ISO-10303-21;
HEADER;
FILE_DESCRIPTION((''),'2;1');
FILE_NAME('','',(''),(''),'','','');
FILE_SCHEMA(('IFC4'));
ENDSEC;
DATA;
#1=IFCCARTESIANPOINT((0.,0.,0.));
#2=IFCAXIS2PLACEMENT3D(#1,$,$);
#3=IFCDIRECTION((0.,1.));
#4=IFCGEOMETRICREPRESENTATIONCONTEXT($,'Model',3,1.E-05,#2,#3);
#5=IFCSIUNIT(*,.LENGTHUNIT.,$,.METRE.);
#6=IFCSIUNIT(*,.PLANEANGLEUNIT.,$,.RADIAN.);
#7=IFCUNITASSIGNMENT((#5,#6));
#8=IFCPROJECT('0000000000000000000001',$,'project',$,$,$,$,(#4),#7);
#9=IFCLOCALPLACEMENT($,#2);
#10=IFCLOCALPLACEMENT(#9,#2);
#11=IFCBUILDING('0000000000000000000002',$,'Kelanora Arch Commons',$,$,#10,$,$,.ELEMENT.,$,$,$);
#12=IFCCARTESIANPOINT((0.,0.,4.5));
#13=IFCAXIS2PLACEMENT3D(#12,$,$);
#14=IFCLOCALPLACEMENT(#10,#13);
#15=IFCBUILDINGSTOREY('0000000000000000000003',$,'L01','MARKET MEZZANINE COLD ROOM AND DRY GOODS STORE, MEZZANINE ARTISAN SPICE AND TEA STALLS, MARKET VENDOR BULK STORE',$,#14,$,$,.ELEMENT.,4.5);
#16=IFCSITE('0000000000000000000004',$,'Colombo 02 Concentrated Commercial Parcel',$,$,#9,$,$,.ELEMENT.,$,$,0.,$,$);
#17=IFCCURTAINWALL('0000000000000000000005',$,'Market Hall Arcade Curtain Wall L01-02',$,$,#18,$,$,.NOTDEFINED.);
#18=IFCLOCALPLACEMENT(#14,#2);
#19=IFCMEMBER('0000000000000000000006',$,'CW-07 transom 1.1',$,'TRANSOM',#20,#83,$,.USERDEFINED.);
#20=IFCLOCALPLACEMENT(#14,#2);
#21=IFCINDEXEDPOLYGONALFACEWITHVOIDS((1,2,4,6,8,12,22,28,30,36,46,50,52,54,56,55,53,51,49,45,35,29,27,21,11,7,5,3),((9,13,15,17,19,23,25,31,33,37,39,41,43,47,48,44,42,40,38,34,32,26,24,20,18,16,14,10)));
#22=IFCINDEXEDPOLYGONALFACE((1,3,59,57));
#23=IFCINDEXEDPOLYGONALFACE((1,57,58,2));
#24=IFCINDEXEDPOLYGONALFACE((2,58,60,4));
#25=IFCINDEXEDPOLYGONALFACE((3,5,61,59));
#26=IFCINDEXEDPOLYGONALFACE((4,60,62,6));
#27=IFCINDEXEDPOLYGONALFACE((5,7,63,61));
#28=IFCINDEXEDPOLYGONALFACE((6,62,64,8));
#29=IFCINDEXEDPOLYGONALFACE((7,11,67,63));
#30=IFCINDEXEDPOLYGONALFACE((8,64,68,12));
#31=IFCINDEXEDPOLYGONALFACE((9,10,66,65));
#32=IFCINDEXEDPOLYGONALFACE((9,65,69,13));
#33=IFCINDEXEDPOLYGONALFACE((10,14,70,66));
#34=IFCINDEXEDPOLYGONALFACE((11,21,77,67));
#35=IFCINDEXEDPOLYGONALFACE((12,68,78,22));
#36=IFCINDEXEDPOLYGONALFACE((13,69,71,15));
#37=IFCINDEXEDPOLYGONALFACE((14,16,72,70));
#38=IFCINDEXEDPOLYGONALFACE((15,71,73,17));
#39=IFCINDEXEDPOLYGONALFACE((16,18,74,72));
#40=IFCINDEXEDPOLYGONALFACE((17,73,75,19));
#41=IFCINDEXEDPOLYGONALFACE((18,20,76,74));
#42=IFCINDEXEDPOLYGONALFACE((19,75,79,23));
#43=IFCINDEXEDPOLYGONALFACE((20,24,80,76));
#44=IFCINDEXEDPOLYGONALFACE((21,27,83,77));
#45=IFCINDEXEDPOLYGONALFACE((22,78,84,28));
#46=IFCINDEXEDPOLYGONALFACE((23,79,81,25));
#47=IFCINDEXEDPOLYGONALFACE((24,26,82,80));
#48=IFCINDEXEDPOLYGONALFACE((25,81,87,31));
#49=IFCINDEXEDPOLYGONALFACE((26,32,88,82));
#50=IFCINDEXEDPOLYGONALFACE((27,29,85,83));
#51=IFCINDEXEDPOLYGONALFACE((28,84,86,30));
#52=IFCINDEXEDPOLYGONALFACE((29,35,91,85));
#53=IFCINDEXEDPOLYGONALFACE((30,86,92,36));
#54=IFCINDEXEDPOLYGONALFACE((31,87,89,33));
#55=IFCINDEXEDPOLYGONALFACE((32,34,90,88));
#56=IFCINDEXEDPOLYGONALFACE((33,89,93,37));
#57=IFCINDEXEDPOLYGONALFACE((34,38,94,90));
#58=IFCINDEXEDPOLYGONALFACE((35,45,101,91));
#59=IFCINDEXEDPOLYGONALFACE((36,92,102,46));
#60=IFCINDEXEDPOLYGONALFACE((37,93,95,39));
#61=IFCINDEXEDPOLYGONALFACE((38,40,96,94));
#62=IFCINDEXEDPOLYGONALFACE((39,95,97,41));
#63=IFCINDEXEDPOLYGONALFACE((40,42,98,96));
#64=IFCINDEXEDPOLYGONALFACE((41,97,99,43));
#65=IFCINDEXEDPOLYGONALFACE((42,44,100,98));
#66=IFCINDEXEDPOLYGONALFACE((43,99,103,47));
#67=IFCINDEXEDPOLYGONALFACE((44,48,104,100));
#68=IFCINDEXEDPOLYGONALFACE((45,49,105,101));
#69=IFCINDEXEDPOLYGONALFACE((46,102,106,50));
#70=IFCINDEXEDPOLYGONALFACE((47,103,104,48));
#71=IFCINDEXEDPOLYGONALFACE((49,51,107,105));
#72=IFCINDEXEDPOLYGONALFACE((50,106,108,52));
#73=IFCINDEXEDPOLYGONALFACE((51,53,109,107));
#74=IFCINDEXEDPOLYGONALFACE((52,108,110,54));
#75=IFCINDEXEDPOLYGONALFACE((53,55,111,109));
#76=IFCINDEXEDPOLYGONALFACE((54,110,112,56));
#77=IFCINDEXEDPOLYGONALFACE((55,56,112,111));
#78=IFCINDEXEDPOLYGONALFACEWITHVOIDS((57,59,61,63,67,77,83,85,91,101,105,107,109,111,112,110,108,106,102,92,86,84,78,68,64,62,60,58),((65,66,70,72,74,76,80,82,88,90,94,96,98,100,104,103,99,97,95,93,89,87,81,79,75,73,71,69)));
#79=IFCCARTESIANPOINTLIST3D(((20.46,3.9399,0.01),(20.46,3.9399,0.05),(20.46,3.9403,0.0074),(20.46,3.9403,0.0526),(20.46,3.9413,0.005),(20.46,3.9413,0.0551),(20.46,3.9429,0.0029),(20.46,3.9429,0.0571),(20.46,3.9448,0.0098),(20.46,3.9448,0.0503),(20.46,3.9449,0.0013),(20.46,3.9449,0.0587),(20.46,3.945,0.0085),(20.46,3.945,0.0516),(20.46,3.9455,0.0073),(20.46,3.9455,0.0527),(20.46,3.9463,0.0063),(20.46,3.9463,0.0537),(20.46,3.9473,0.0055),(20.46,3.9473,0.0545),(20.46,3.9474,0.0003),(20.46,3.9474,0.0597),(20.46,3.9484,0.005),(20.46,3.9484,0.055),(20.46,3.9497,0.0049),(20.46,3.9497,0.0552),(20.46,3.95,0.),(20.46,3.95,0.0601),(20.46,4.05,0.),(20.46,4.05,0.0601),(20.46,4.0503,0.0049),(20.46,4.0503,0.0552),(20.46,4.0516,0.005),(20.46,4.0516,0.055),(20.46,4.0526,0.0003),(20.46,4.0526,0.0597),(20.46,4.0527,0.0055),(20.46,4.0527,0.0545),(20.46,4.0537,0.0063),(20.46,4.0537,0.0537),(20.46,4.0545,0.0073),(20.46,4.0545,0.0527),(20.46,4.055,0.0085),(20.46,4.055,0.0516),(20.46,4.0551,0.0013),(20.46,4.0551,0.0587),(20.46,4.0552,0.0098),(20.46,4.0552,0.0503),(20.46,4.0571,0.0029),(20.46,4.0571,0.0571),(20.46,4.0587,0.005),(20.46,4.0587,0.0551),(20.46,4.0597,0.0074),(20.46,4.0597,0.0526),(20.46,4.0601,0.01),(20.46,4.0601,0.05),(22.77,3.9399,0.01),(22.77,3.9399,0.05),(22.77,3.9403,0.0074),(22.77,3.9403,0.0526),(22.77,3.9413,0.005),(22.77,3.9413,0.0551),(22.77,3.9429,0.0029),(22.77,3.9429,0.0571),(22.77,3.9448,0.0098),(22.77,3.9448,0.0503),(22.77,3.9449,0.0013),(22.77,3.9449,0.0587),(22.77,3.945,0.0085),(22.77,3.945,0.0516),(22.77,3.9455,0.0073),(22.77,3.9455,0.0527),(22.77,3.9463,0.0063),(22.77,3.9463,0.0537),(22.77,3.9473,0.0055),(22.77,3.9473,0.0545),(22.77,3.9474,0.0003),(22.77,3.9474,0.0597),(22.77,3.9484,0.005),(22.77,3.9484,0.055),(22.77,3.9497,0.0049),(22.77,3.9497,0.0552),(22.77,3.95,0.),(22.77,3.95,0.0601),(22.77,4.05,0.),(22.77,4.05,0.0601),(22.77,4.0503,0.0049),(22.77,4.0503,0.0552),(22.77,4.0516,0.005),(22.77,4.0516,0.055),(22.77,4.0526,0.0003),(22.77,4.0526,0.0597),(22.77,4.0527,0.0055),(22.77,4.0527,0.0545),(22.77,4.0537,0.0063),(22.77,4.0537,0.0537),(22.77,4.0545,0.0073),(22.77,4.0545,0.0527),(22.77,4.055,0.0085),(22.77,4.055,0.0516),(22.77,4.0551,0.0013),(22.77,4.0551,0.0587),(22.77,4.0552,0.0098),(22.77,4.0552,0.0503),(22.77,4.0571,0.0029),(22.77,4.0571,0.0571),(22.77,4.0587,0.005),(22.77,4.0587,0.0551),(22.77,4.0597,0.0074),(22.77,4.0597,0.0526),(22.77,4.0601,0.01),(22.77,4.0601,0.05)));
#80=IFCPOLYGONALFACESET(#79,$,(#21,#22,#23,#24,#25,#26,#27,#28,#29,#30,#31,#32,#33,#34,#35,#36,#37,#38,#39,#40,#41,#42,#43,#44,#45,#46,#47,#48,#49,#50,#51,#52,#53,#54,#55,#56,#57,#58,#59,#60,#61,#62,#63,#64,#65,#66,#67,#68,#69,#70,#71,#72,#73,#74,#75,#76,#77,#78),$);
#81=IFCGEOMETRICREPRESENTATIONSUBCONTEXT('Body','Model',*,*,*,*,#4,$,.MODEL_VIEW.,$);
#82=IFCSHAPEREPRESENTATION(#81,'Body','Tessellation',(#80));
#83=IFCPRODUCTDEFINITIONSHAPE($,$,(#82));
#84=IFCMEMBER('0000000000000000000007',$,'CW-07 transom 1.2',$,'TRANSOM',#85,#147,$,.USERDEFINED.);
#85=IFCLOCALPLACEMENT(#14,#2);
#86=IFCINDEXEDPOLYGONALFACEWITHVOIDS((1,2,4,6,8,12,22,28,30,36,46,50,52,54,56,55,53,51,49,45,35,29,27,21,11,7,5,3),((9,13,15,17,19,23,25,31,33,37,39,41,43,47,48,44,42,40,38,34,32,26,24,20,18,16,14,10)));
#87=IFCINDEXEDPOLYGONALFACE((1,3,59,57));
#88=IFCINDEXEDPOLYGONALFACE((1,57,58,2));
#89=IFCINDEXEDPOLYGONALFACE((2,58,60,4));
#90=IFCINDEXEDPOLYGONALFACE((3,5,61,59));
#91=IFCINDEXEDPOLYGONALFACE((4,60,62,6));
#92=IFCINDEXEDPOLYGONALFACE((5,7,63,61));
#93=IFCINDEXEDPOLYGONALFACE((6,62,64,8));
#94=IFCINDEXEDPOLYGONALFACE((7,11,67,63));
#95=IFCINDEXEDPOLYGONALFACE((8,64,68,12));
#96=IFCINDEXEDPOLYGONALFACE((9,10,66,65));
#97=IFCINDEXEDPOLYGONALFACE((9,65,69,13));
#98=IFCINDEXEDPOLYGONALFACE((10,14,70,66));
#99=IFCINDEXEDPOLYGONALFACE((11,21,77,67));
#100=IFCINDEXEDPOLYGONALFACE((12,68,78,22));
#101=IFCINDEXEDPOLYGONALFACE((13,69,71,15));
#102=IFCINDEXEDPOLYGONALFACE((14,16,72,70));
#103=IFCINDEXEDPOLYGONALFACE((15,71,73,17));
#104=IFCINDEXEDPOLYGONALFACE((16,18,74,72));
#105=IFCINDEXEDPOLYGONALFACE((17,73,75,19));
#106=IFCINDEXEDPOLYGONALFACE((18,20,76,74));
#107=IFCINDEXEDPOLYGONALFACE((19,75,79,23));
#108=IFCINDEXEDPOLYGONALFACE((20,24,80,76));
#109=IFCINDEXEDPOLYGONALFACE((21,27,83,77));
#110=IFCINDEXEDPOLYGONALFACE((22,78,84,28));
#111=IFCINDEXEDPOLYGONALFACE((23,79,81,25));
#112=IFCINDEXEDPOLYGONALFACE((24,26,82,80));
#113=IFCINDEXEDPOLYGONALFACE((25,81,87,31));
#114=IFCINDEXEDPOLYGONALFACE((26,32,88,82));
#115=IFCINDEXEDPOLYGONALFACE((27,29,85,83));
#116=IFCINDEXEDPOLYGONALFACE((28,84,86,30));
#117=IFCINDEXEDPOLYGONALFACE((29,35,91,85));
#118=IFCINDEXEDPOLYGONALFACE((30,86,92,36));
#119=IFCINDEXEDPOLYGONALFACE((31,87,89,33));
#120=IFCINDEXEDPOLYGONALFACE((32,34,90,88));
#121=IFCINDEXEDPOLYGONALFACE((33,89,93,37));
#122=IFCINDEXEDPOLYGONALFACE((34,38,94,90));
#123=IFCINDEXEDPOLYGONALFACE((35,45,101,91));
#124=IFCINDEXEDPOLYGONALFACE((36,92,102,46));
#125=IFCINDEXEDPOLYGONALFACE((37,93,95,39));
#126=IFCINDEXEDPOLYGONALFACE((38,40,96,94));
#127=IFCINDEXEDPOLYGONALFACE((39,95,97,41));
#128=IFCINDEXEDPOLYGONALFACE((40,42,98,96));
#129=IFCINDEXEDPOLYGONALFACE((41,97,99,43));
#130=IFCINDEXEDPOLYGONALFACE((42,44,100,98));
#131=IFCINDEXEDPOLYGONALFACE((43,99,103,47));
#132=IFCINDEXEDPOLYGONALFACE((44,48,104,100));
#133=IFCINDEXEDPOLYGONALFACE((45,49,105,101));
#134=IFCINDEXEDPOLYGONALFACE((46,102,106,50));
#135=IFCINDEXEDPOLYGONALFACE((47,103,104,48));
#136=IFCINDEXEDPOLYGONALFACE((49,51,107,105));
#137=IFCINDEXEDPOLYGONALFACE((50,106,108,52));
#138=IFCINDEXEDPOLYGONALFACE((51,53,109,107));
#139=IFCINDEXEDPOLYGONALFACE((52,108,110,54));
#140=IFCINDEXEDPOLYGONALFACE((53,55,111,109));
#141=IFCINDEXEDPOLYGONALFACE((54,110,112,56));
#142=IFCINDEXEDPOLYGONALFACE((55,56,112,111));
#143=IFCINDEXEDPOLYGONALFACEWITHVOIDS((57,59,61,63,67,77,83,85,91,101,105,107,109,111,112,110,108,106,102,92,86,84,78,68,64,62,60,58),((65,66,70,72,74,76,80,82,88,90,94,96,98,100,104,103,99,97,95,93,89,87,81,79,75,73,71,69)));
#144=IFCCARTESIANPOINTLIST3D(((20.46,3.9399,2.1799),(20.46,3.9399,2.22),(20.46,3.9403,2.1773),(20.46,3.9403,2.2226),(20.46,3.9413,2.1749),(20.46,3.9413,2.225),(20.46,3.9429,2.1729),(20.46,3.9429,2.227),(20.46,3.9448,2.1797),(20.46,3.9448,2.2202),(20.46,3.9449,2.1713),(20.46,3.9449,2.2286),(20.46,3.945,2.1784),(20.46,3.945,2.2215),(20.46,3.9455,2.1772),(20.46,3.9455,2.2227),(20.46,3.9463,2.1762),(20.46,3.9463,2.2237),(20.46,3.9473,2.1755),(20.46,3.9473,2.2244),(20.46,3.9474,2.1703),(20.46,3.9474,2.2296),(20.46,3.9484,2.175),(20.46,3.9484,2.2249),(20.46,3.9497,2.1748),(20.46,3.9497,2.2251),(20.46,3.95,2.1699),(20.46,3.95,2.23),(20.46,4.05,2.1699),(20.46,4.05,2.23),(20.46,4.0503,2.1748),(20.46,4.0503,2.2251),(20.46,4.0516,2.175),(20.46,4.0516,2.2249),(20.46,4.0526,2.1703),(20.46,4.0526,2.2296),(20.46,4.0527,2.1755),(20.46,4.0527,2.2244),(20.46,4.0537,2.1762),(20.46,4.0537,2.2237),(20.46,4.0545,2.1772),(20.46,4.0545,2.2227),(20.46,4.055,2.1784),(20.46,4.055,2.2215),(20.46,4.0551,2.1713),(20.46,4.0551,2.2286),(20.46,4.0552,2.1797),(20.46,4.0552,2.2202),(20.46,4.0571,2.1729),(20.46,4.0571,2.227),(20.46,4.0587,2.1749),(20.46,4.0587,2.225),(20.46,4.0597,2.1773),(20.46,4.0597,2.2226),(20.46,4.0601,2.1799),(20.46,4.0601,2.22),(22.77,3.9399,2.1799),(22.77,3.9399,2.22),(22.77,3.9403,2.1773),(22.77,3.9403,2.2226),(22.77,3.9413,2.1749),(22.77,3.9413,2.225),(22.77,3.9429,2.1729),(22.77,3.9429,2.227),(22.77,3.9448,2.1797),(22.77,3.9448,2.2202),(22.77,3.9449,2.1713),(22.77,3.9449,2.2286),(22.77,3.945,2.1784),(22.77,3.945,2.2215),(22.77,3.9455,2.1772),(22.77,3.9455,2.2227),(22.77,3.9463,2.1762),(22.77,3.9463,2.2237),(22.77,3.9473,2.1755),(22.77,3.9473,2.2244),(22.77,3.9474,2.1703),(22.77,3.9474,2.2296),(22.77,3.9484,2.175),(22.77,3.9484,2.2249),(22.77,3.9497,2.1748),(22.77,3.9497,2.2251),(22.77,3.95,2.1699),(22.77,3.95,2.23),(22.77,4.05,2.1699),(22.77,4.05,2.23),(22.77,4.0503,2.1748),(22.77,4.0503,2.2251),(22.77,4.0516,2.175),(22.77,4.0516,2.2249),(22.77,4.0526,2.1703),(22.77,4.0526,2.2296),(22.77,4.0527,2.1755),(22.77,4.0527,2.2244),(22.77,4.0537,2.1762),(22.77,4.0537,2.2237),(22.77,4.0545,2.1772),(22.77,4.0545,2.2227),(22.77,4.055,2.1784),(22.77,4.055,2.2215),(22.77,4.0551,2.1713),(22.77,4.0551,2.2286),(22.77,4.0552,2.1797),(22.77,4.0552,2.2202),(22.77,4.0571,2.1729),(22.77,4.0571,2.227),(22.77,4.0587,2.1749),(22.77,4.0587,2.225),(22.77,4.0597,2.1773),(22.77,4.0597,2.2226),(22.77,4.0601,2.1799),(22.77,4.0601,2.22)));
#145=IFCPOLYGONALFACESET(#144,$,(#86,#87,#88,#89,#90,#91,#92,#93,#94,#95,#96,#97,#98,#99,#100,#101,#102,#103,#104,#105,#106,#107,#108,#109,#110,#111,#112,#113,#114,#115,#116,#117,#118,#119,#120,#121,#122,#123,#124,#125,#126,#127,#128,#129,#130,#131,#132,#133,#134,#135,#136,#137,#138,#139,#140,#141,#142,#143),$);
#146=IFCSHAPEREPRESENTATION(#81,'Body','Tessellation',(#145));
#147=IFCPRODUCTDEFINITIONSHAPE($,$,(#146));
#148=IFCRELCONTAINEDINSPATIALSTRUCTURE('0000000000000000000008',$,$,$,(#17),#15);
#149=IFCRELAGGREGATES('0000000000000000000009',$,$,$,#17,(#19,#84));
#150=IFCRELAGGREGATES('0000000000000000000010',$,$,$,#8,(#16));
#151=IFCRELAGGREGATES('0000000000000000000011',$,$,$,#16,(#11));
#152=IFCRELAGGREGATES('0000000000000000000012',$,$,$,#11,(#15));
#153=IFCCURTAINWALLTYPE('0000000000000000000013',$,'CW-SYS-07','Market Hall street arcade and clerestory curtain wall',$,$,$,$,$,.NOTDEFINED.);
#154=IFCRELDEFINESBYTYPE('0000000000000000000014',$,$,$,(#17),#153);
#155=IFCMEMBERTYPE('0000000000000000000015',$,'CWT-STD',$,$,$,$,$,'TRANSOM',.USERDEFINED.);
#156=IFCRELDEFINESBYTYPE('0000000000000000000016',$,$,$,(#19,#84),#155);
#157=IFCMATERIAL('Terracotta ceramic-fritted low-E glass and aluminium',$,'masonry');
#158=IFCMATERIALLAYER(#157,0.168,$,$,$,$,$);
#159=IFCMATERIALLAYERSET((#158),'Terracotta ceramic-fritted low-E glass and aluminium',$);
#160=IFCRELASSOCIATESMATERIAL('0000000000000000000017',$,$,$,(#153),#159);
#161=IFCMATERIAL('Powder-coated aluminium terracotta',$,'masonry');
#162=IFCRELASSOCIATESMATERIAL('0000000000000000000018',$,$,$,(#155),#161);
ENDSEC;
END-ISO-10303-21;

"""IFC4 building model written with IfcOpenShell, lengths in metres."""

from ifc_helpers import new_model, si_unit, direction, frame, origin, origin_2d, place, context, subcontext, project, spatial, hollow_rectangle, extrude, material, layer, layer_set, material_profile, profile_set, type_object, element, aggregate, save


model = new_model("IFC4")

# Units and contexts
model_context = context("Model", 3, precision=1e-05, world=origin(), true_north=direction((0.0, 1.0)))
body_context = subcontext(model_context, "Body", "Model", "MODEL_VIEW")
ifc_project = project(units=[si_unit("LENGTHUNIT", "METRE"), si_unit("PLANEANGLEUNIT", "RADIAN")], contexts=[model_context])

# Site, building, storey
site_placement = place(None, origin())
site = spatial("IfcSite", under=ifc_project, at=site_placement, Name="Colombo 02 Concentrated Commercial Parcel", CompositionType="ELEMENT", RefElevation=0.0)
building_placement = place(site_placement, origin())
building = spatial("IfcBuilding", under=site, at=building_placement, Name="Kelanora Arch Commons", CompositionType="ELEMENT")
storey_placement = place(building_placement, frame((0.0, 0.0, 4.5)))
storey = spatial("IfcBuildingStorey", under=building, at=storey_placement, Name="L01", Description="MARKET MEZZANINE COLD ROOM AND DRY GOODS STORE, MEZZANINE ARTISAN SPICE AND TEA STALLS, MARKET VENDOR BULK STORE", CompositionType="ELEMENT", Elevation=4.5)

# Curtain wall, members
ifc_material_1 = material(Name="Terracotta ceramic-fritted low-E glass and aluminium", Category="masonry")
ifc_layer_1 = layer(ifc_material_1, 0.168)
ifc_layer_set_1 = layer_set([ifc_layer_1], Name="Terracotta ceramic-fritted low-E glass and aluminium")
curtain_wall_type = type_object("IfcCurtainWallType", Name="CW-SYS-07", Description="Market Hall street arcade and clerestory curtain wall", PredefinedType="NOTDEFINED", material=ifc_layer_set_1)
curtain_wall_placement = place(storey_placement, origin())
curtain_wall = element("IfcCurtainWall", 1, at=curtain_wall_placement, inside=storey, type_object=curtain_wall_type, Name="Market Hall Arcade Curtain Wall L01-02", PredefinedType="NOTDEFINED")
ifc_material_2 = material(Name="Powder-coated aluminium terracotta", Category="masonry")
ifc_material_profile_1 = material_profile(ifc_material_2, hollow_rectangle(XDim=0.1201, YDim=0.0601, WallThickness=0.0049, InnerFilletRadius=0.0049, OuterFilletRadius=0.01, at=origin_2d()), Name="CWT120x60")
ifc_profile_set_1 = profile_set([ifc_material_profile_1], Name="Powder-coated aluminium terracotta")
member_type_1 = type_object("IfcMemberType", Name="CWT-STD", ElementType="TRANSOM", PredefinedType="USERDEFINED", material=ifc_profile_set_1)
member_1_placement = place(storey_placement, frame((20.46, 4.0, 0.03), z_axis=(1.0, 0.0, 0.0), x_axis=(0.0, 1.0, 0.0)))
member_1 = element("IfcMember", 2, at=member_1_placement, type_object=member_type_1, Name="CW-07 transom 1.1", ObjectType="TRANSOM", PredefinedType="USERDEFINED", context=body_context, shape_type="SweptSolid", body=[
    extrude(hollow_rectangle(XDim=0.1201, YDim=0.0601, WallThickness=0.0049, InnerFilletRadius=0.0049, OuterFilletRadius=0.01, at=origin_2d()), origin(), (0.0, 0.0, 1.0), 2.3101),
])
member_2_placement = place(storey_placement, frame((20.46, 4.0, 2.2), z_axis=(1.0, 0.0, 0.0), x_axis=(0.0, 1.0, 0.0)))
member_2 = element("IfcMember", 3, at=member_2_placement, type_object=member_type_1, Name="CW-07 transom 1.2", ObjectType="TRANSOM", PredefinedType="USERDEFINED", context=body_context, shape_type="SweptSolid", body=[
    extrude(hollow_rectangle(XDim=0.1201, YDim=0.0601, WallThickness=0.0049, InnerFilletRadius=0.0049, OuterFilletRadius=0.01, at=origin_2d()), origin(), (0.0, 0.0, 1.0), 2.3101),
])
aggregate(curtain_wall, [member_1, member_2])

save(model, "model.ifc")
